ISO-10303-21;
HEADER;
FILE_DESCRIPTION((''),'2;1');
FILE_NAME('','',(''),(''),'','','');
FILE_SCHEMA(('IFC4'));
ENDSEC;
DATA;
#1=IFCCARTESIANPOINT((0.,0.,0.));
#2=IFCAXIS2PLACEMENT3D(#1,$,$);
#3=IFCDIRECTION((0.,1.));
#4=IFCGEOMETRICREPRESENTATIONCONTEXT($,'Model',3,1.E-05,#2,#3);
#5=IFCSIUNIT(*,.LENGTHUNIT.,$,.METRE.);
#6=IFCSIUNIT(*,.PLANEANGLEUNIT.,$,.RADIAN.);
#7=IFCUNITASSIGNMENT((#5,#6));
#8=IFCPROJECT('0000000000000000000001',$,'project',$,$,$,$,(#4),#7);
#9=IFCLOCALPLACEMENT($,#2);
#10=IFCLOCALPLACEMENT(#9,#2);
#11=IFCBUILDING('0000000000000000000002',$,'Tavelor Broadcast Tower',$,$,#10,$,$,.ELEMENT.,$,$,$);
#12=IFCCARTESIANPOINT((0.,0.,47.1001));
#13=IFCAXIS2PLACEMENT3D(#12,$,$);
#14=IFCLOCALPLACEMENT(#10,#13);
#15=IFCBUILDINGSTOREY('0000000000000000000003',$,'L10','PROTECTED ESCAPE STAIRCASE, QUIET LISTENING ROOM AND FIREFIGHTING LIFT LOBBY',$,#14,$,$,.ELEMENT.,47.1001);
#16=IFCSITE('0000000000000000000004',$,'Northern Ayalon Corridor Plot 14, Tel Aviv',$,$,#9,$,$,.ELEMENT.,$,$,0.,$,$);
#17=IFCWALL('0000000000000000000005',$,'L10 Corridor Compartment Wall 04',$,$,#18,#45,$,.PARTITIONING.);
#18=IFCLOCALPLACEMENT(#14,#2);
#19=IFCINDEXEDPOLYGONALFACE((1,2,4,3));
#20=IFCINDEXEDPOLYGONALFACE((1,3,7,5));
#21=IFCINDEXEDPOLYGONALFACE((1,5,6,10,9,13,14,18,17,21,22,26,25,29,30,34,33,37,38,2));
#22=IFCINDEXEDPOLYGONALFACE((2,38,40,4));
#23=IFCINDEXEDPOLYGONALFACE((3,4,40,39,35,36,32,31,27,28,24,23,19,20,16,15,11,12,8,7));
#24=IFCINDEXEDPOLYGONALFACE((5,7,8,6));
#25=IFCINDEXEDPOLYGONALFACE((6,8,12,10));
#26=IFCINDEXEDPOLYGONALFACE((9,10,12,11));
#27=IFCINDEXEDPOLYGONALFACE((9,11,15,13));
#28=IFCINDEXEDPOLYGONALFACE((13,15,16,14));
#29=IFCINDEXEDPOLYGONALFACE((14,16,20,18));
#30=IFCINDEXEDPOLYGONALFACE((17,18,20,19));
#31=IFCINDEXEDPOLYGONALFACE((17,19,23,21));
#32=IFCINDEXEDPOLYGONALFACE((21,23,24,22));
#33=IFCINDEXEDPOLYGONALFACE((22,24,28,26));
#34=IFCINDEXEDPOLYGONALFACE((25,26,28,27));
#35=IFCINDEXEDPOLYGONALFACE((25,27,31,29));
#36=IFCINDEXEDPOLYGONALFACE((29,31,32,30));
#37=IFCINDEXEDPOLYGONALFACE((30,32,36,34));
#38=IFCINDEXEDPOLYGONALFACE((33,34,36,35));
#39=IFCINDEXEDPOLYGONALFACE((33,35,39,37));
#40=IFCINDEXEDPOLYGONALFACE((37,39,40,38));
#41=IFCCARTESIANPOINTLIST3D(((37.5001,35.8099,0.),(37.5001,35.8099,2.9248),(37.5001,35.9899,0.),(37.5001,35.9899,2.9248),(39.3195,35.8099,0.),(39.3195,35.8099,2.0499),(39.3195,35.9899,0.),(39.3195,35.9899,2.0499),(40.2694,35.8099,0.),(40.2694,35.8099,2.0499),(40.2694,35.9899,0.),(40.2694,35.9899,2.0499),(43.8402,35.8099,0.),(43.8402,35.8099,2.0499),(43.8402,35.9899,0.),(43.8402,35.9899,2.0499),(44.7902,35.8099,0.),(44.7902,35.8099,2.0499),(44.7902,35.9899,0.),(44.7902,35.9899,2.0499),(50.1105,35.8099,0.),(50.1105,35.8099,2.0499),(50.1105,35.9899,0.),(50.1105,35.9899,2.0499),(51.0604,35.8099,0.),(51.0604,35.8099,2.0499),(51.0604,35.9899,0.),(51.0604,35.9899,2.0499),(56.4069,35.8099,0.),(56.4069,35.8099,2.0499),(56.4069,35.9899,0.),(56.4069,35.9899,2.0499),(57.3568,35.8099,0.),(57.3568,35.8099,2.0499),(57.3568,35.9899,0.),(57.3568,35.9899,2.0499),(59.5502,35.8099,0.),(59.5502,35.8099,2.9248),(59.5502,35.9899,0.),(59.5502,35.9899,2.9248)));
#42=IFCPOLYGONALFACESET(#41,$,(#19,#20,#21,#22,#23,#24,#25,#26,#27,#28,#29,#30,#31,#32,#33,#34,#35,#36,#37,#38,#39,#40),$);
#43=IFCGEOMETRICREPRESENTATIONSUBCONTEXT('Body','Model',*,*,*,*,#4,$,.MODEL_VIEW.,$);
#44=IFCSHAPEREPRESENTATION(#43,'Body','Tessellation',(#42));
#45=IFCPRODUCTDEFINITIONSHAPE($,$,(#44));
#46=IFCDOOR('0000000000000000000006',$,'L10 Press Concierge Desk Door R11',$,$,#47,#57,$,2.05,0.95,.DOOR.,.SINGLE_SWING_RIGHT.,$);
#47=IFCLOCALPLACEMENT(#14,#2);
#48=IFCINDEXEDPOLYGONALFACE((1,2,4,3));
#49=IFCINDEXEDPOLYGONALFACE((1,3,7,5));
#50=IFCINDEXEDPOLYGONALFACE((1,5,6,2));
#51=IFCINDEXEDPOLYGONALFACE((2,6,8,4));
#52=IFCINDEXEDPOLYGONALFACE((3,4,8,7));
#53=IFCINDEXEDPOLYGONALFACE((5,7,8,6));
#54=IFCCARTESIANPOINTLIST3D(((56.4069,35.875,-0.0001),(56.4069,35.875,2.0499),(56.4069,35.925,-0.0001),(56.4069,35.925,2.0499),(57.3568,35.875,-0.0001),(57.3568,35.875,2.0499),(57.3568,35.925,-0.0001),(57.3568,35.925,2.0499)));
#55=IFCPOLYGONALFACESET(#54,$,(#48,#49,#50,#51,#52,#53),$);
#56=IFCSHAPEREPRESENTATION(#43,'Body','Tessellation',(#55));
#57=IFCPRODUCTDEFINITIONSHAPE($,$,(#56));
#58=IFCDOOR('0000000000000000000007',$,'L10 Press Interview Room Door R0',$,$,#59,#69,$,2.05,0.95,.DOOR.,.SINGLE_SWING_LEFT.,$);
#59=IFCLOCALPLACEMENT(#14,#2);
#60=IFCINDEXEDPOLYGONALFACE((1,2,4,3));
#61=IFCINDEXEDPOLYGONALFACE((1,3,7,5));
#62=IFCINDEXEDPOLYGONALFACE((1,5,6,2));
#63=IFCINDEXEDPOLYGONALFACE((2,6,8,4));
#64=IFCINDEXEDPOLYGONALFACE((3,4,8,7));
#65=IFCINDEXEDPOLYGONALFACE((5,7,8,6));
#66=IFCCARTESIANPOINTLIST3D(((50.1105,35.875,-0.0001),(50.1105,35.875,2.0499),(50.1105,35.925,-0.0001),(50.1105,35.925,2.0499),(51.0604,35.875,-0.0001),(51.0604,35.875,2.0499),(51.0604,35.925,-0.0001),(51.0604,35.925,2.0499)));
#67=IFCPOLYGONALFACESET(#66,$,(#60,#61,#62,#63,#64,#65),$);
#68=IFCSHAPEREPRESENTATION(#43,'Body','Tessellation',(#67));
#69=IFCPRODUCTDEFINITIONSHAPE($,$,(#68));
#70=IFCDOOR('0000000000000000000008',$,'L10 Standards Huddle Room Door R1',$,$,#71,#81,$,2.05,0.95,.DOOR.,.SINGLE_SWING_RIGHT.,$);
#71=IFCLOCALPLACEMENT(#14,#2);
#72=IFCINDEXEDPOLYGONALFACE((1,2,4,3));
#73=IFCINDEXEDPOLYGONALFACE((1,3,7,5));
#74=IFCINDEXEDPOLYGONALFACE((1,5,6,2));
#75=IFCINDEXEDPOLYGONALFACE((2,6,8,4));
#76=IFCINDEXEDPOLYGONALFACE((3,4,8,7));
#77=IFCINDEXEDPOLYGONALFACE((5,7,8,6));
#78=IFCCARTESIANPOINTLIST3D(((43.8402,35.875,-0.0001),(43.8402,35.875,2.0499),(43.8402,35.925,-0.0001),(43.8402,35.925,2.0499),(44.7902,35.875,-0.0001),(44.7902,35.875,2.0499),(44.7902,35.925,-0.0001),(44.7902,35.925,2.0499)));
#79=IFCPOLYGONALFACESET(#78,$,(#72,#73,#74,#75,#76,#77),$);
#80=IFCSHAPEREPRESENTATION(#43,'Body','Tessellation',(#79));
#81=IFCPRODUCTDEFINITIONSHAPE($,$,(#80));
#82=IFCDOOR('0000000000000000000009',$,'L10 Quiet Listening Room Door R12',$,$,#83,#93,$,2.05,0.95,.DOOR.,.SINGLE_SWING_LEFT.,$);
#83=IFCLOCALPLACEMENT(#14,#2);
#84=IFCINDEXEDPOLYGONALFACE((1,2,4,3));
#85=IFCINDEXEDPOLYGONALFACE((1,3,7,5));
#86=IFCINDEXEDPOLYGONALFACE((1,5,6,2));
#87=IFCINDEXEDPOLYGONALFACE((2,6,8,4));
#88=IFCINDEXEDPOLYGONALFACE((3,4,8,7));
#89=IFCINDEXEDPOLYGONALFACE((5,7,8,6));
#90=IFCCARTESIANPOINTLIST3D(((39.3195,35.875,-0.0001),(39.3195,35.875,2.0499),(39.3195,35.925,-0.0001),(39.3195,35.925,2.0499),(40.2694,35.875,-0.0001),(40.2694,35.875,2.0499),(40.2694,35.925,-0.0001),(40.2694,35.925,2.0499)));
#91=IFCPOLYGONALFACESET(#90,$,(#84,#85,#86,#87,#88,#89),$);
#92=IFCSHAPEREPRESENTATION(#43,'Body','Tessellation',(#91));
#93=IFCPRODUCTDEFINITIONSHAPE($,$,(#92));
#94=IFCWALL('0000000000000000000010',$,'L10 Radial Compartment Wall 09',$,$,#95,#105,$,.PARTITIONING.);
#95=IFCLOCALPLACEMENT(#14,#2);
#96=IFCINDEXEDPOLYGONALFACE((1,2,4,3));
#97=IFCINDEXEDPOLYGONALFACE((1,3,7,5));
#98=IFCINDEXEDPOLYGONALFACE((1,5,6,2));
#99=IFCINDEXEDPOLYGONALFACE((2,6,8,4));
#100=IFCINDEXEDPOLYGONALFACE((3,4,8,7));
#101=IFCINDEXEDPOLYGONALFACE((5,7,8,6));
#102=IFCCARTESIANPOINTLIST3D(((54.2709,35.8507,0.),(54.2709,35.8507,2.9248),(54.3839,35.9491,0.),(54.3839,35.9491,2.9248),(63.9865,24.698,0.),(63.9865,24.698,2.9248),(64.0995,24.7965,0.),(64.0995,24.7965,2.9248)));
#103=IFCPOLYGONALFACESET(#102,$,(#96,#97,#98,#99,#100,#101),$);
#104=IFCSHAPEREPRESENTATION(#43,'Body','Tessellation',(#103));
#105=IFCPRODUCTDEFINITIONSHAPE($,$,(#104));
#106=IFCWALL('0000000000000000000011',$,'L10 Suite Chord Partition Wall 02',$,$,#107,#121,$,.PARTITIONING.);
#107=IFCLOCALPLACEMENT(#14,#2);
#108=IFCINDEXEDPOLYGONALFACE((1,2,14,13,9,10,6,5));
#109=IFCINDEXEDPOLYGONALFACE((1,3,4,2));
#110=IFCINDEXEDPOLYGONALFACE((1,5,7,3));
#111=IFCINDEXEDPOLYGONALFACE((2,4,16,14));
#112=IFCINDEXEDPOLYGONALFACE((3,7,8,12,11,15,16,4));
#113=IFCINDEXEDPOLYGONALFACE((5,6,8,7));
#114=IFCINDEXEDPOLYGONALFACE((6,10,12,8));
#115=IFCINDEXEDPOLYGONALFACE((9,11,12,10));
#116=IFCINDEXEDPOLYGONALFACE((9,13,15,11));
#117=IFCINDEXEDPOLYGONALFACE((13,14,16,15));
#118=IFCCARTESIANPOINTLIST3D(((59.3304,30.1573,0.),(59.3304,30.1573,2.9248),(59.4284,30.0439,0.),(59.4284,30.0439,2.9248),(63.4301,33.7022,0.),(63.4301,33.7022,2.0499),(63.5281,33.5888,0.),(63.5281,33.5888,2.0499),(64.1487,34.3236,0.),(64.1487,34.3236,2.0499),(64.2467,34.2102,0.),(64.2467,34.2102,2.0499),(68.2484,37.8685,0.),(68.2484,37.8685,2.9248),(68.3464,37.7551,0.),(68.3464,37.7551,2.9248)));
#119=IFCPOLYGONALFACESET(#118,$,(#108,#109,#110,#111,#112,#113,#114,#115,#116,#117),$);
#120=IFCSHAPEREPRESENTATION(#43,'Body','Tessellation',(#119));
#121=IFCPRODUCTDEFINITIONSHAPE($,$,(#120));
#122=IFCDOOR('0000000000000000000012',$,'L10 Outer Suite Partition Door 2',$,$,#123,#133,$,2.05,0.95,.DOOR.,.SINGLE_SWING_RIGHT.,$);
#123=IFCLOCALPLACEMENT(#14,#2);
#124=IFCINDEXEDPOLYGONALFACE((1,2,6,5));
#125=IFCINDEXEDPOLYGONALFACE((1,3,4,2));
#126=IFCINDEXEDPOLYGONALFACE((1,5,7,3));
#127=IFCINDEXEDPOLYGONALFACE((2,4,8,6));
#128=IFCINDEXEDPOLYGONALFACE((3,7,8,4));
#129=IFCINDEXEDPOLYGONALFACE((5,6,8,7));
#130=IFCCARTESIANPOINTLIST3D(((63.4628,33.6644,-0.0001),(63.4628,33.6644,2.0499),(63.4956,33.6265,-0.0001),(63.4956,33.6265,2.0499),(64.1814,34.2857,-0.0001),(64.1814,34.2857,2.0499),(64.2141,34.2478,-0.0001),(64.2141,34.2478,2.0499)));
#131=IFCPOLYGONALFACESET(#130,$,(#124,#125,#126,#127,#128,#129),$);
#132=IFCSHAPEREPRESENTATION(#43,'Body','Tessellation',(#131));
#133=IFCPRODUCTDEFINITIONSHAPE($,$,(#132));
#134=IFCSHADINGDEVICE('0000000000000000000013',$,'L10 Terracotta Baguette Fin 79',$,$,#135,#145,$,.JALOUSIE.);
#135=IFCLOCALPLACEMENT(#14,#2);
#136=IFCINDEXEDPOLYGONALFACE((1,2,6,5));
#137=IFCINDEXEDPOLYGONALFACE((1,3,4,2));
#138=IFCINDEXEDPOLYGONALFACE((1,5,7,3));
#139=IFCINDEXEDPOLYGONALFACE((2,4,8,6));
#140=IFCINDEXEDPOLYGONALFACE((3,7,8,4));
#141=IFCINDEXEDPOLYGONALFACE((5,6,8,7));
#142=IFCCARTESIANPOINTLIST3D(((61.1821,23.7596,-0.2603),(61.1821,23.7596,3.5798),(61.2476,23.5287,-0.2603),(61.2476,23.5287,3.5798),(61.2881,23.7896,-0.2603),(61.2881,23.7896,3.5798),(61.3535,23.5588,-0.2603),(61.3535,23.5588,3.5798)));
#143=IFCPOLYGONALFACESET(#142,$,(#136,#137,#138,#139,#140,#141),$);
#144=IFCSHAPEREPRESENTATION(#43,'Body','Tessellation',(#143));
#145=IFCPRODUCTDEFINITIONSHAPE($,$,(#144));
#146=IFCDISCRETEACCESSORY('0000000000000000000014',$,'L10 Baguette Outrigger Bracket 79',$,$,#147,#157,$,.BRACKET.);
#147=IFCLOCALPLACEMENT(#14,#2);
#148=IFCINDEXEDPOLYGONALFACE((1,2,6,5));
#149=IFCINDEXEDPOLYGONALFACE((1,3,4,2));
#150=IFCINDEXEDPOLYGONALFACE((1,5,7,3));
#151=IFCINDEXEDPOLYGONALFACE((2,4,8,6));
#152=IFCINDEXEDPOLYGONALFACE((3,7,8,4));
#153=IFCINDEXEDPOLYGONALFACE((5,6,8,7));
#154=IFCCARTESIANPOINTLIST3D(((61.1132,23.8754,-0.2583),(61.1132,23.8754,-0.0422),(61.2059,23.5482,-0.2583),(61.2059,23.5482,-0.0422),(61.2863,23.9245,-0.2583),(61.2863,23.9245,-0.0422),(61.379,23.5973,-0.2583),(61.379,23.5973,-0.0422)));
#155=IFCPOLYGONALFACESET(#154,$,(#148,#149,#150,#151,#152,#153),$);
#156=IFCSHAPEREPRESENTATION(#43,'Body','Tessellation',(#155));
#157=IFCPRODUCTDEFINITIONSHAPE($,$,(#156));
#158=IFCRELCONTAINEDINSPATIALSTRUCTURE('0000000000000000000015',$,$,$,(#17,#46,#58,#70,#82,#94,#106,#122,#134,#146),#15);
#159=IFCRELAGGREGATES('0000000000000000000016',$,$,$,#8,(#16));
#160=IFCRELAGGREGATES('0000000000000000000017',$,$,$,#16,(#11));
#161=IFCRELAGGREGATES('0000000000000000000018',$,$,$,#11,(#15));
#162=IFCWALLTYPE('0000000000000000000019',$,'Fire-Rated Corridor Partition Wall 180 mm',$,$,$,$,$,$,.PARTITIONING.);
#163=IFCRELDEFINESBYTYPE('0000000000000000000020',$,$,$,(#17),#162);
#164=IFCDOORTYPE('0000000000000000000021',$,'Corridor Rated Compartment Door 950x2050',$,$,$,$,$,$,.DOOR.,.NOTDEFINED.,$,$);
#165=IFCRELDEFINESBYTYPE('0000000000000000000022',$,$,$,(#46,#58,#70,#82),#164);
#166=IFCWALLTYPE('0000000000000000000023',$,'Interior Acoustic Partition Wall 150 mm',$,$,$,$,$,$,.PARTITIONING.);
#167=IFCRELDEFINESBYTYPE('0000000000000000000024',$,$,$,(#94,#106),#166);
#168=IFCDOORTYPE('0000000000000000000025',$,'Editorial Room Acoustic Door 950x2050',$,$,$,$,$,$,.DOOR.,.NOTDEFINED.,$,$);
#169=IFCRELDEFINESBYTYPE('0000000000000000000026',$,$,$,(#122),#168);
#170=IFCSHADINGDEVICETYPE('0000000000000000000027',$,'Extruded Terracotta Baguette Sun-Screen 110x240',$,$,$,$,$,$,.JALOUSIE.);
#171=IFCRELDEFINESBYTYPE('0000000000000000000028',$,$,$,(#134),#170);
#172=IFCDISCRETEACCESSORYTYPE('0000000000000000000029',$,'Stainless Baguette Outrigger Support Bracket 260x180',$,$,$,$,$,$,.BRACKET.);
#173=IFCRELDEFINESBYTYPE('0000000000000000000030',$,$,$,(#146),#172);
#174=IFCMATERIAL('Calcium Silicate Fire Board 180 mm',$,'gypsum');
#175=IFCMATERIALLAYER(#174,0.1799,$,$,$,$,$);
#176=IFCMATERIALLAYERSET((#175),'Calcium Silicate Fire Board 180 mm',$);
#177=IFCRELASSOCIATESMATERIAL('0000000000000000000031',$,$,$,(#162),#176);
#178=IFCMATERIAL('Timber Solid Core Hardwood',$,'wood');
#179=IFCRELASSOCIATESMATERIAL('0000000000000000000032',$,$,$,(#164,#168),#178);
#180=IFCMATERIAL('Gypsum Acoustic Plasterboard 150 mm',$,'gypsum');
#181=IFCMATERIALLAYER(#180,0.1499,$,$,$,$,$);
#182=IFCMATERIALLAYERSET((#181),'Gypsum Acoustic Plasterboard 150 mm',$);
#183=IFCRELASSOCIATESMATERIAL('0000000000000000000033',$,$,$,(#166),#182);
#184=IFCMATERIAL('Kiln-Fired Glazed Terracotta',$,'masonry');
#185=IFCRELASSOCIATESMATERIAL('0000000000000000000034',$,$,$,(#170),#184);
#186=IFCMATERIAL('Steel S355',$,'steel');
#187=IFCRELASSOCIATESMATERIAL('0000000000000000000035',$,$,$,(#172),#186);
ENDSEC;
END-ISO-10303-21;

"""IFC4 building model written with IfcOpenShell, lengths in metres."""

from ifc_helpers import new_model, si_unit, direction, frame, frame_2d, origin, origin_2d, place, context, subcontext, project, spatial, rectangle, extrude, source, transform, mapped, material, layer, layer_set, type_object, type_shapes, element, fill, save


model = new_model("IFC4")

# Units and contexts
model_context = context("Model", 3, precision=1e-05, world=origin(), true_north=direction((0.0, 1.0)))
body_context = subcontext(model_context, "Body", "Model", "MODEL_VIEW")
ifc_project = project(units=[si_unit("LENGTHUNIT", "METRE"), si_unit("PLANEANGLEUNIT", "RADIAN")], contexts=[model_context])

# Site, building, storey
site_placement = place(None, origin())
site = spatial("IfcSite", under=ifc_project, at=site_placement, Name="Northern Ayalon Corridor Plot 14, Tel Aviv", CompositionType="ELEMENT", RefElevation=0.0)
building_placement = place(site_placement, origin())
building = spatial("IfcBuilding", under=site, at=building_placement, Name="Tavelor Broadcast Tower", CompositionType="ELEMENT")
storey_placement = place(building_placement, frame((0.0, 0.0, 47.1001)))
storey = spatial("IfcBuildingStorey", under=building, at=storey_placement, Name="L10", Description="PROTECTED ESCAPE STAIRCASE, QUIET LISTENING ROOM AND FIREFIGHTING LIFT LOBBY", CompositionType="ELEMENT", Elevation=47.1001)

# Shared definitions
ifc_material_1 = material(Name="Steel S355", Category="steel")

# Wall, openings, doors
ifc_material_2 = material(Name="Calcium Silicate Fire Board 180 mm", Category="gypsum")
ifc_layer_1 = layer(ifc_material_2, 0.1799)
ifc_layer_set_1 = layer_set([ifc_layer_1], Name="Calcium Silicate Fire Board 180 mm")
wall_type_1 = type_object("IfcWallType", Name="Fire-Rated Corridor Partition Wall 180 mm", PredefinedType="PARTITIONING", material=ifc_layer_set_1)
wall_1_placement = place(storey_placement, frame((59.55, 35.8999, 0.0), z_axis=(0.0, 0.0, 1.0), x_axis=(-1.0, 0.0, 0.0)))
wall_1 = element("IfcWall", 1, at=wall_1_placement, inside=storey, type_object=wall_type_1, Name="L10 Corridor Compartment Wall 04", PredefinedType="PARTITIONING", context=body_context, shape_type="SweptSolid", body=[
    extrude(rectangle(XDim=22.05, YDim=0.1799, at=frame_2d((11.0249, 0.0))), origin(), (0.0, 0.0, 1.0), 2.9248),
])
opening_1_placement = place(wall_1_placement, frame((2.1931, 0.0, 0.0)))
opening_1 = element("IfcOpeningElement", 2, at=opening_1_placement, cuts=wall_1, PredefinedType="OPENING", context=body_context, shape_type="SweptSolid", body=[
    extrude(rectangle(XDim=0.95, YDim=2.05, at=frame_2d((0.4751, 1.0249))), frame((0.0, 0.1001, 0.0), z_axis=(0.0, -1.0, 0.0), x_axis=(1.0, 0.0, 0.0)), (0.0, 0.0, 1.0), 0.2),
])
opening_2_placement = place(wall_1_placement, frame((8.4895, 0.0, 0.0)))
opening_2 = element("IfcOpeningElement", 3, at=opening_2_placement, cuts=wall_1, PredefinedType="OPENING", context=body_context, shape_type="SweptSolid", body=[
    extrude(rectangle(XDim=0.95, YDim=2.05, at=frame_2d((0.4751, 1.0249))), frame((0.0, 0.1001, 0.0), z_axis=(0.0, -1.0, 0.0), x_axis=(1.0, 0.0, 0.0)), (0.0, 0.0, 1.0), 0.2),
])
opening_3_placement = place(wall_1_placement, frame((14.7598, 0.0, 0.0)))
opening_3 = element("IfcOpeningElement", 4, at=opening_3_placement, cuts=wall_1, PredefinedType="OPENING", context=body_context, shape_type="SweptSolid", body=[
    extrude(rectangle(XDim=0.95, YDim=2.05, at=frame_2d((0.4751, 1.0249))), frame((0.0, 0.1001, 0.0), z_axis=(0.0, -1.0, 0.0), x_axis=(1.0, 0.0, 0.0)), (0.0, 0.0, 1.0), 0.2),
])
opening_4_placement = place(wall_1_placement, frame((19.2805, 0.0, 0.0)))
opening_4 = element("IfcOpeningElement", 5, at=opening_4_placement, cuts=wall_1, PredefinedType="OPENING", context=body_context, shape_type="SweptSolid", body=[
    extrude(rectangle(XDim=0.95, YDim=2.05, at=frame_2d((0.4751, 1.0249))), frame((0.0, 0.1001, 0.0), z_axis=(0.0, -1.0, 0.0), x_axis=(1.0, 0.0, 0.0)), (0.0, 0.0, 1.0), 0.2),
])
ifc_material_3 = material(Name="Timber Solid Core Hardwood", Category="wood")
door_type_1 = type_object("IfcDoorType", Name="Corridor Rated Compartment Door 950x2050", OperationType="NOTDEFINED", PredefinedType="DOOR", material=ifc_material_3)
door_1_placement = place(opening_1_placement, origin())
door_1 = element("IfcDoor", 6, at=door_1_placement, inside=storey, type_object=door_type_1, Name="L10 Press Concierge Desk Door R11", OperationType="SINGLE_SWING_RIGHT", OverallHeight=2.05, OverallWidth=0.95, PredefinedType="DOOR", context=body_context, shape_type="SweptSolid", body=[
    extrude(rectangle(XDim=0.95, YDim=2.05, at=frame_2d((0.4751, 1.0249))), frame((0.0, 0.0249, 0.0), z_axis=(0.0, -1.0, 0.0), x_axis=(1.0, 0.0, 0.0)), (0.0, 0.0, 1.0), 0.05),
])
fill(opening_1, door_1)
door_2_placement = place(opening_2_placement, origin())
door_2 = element("IfcDoor", 7, at=door_2_placement, inside=storey, type_object=door_type_1, Name="L10 Press Interview Room Door R0", OperationType="SINGLE_SWING_LEFT", OverallHeight=2.05, OverallWidth=0.95, PredefinedType="DOOR", context=body_context, shape_type="SweptSolid", body=[
    extrude(rectangle(XDim=0.95, YDim=2.05, at=frame_2d((0.4751, 1.0249))), frame((0.0, 0.0249, 0.0), z_axis=(0.0, -1.0, 0.0), x_axis=(1.0, 0.0, 0.0)), (0.0, 0.0, 1.0), 0.05),
])
fill(opening_2, door_2)
door_3_placement = place(opening_3_placement, origin())
door_3 = element("IfcDoor", 8, at=door_3_placement, inside=storey, type_object=door_type_1, Name="L10 Standards Huddle Room Door R1", OperationType="SINGLE_SWING_RIGHT", OverallHeight=2.05, OverallWidth=0.95, PredefinedType="DOOR", context=body_context, shape_type="SweptSolid", body=[
    extrude(rectangle(XDim=0.95, YDim=2.05, at=frame_2d((0.4751, 1.0249))), frame((0.0, 0.0249, 0.0), z_axis=(0.0, -1.0, 0.0), x_axis=(1.0, 0.0, 0.0)), (0.0, 0.0, 1.0), 0.05),
])
fill(opening_3, door_3)
door_4_placement = place(opening_4_placement, origin())
door_4 = element("IfcDoor", 9, at=door_4_placement, inside=storey, type_object=door_type_1, Name="L10 Quiet Listening Room Door R12", OperationType="SINGLE_SWING_LEFT", OverallHeight=2.05, OverallWidth=0.95, PredefinedType="DOOR", context=body_context, shape_type="SweptSolid", body=[
    extrude(rectangle(XDim=0.95, YDim=2.05, at=frame_2d((0.4751, 1.0249))), frame((0.0, 0.0249, 0.0), z_axis=(0.0, -1.0, 0.0), x_axis=(1.0, 0.0, 0.0)), (0.0, 0.0, 1.0), 0.05),
])
fill(opening_4, door_4)

# Wall
ifc_material_4 = material(Name="Gypsum Acoustic Plasterboard 150 mm", Category="gypsum")
ifc_layer_2 = layer(ifc_material_4, 0.1499)
ifc_layer_set_2 = layer_set([ifc_layer_2], Name="Gypsum Acoustic Plasterboard 150 mm")
wall_type_2 = type_object("IfcWallType", Name="Interior Acoustic Partition Wall 150 mm", PredefinedType="PARTITIONING", material=ifc_layer_set_2)
wall_2_placement = place(storey_placement, frame((54.3274, 35.8999, 0.0), z_axis=(0.0, 0.0, 1.0), x_axis=(0.656859, -0.754014, 0.0)))
element("IfcWall", 10, at=wall_2_placement, inside=storey, type_object=wall_type_2, Name="L10 Radial Compartment Wall 09", PredefinedType="PARTITIONING", context=body_context, shape_type="SweptSolid", body=[
    extrude(rectangle(XDim=14.791, YDim=0.1499, at=frame_2d((7.3955, 0.0))), origin(), (0.0, 0.0, 1.0), 2.9248),
])

# Wall, opening, door
wall_3_placement = place(storey_placement, frame((59.3794, 30.1006, 0.0), z_axis=(0.0, 0.0, 1.0), x_axis=(0.756433, 0.654072, 0.0)))
wall_3 = element("IfcWall", 11, at=wall_3_placement, inside=storey, type_object=wall_type_2, Name="L10 Suite Chord Partition Wall 02", PredefinedType="PARTITIONING", context=body_context, shape_type="SweptSolid", body=[
    extrude(rectangle(XDim=11.7896, YDim=0.1499, at=frame_2d((5.8948, 0.0))), origin(), (0.0, 0.0, 1.0), 2.9248),
])
opening_5_placement = place(wall_3_placement, frame((5.4197, 0.0, 0.0)))
opening_5 = element("IfcOpeningElement", 12, at=opening_5_placement, cuts=wall_3, PredefinedType="OPENING", context=body_context, shape_type="SweptSolid", body=[
    extrude(rectangle(XDim=0.95, YDim=2.05, at=frame_2d((0.4751, 1.0249))), frame((0.0, 0.085, 0.0), z_axis=(0.0, -1.0, 0.0), x_axis=(1.0, 0.0, 0.0)), (0.0, 0.0, 1.0), 0.1699),
])
door_type_2 = type_object("IfcDoorType", Name="Editorial Room Acoustic Door 950x2050", OperationType="NOTDEFINED", PredefinedType="DOOR", material=ifc_material_3)
door_5_placement = place(opening_5_placement, origin())
door_5 = element("IfcDoor", 13, at=door_5_placement, inside=storey, type_object=door_type_2, Name="L10 Outer Suite Partition Door 2", OperationType="SINGLE_SWING_RIGHT", OverallHeight=2.05, OverallWidth=0.95, PredefinedType="DOOR", context=body_context, shape_type="SweptSolid", body=[
    extrude(rectangle(XDim=0.95, YDim=2.05, at=frame_2d((0.4751, 1.0249))), frame((0.0, 0.0249, 0.0), z_axis=(0.0, -1.0, 0.0), x_axis=(1.0, 0.0, 0.0)), (0.0, 0.0, 1.0), 0.05),
])
fill(opening_5, door_5)

# Shading device
ifc_material_5 = material(Name="Kiln-Fired Glazed Terracotta", Category="masonry")
shading_device_type = type_object("IfcShadingDeviceType", Name="Extruded Terracotta Baguette Sun-Screen 110x240", PredefinedType="JALOUSIE", material=ifc_material_5)
shared_shape_1 = source(origin(), body_context, "Body", "SweptSolid", [
    extrude(rectangle(XDim=0.1101, YDim=0.24, at=origin_2d()), origin(), (0.0, 0.0, 1.0), 3.8401),
])
type_shapes(shading_device_type, [shared_shape_1])
shading_device_placement = place(storey_placement, frame((61.2678, 23.6592, -0.2603), z_axis=(0.0, 0.0, 1.0), x_axis=(0.962075, 0.272784, 0.0)))
element("IfcShadingDevice", 14, at=shading_device_placement, inside=storey, type_object=shading_device_type, Name="L10 Terracotta Baguette Fin 79", PredefinedType="JALOUSIE", context=body_context, shape_type="MappedRepresentation", body=[
    mapped(shared_shape_1, transform((0.0, 0.0, 0.0), scale=1.0)),
])

# Discrete accessory
discrete_accessory_type = type_object("IfcDiscreteAccessoryType", Name="Stainless Baguette Outrigger Support Bracket 260x180", PredefinedType="BRACKET", material=ifc_material_1)
shared_shape_2 = source(origin(), body_context, "Body", "SweptSolid", [
    extrude(rectangle(XDim=0.1799, YDim=0.3401, at=origin_2d()), origin(), (0.0, 0.0, 1.0), 0.2161),
])
type_shapes(discrete_accessory_type, [shared_shape_2])
discrete_accessory_placement = place(storey_placement, frame((61.2461, 23.7363, -0.2583), z_axis=(0.0, 0.0, 1.0), x_axis=(0.962075, 0.272784, 0.0)))
element("IfcDiscreteAccessory", 15, at=discrete_accessory_placement, inside=storey, type_object=discrete_accessory_type, Name="L10 Baguette Outrigger Bracket 79", PredefinedType="BRACKET", context=body_context, shape_type="MappedRepresentation", body=[
    mapped(shared_shape_2, transform((0.0, 0.0, 0.0), scale=1.0)),
])

save(model, "model.ifc")
